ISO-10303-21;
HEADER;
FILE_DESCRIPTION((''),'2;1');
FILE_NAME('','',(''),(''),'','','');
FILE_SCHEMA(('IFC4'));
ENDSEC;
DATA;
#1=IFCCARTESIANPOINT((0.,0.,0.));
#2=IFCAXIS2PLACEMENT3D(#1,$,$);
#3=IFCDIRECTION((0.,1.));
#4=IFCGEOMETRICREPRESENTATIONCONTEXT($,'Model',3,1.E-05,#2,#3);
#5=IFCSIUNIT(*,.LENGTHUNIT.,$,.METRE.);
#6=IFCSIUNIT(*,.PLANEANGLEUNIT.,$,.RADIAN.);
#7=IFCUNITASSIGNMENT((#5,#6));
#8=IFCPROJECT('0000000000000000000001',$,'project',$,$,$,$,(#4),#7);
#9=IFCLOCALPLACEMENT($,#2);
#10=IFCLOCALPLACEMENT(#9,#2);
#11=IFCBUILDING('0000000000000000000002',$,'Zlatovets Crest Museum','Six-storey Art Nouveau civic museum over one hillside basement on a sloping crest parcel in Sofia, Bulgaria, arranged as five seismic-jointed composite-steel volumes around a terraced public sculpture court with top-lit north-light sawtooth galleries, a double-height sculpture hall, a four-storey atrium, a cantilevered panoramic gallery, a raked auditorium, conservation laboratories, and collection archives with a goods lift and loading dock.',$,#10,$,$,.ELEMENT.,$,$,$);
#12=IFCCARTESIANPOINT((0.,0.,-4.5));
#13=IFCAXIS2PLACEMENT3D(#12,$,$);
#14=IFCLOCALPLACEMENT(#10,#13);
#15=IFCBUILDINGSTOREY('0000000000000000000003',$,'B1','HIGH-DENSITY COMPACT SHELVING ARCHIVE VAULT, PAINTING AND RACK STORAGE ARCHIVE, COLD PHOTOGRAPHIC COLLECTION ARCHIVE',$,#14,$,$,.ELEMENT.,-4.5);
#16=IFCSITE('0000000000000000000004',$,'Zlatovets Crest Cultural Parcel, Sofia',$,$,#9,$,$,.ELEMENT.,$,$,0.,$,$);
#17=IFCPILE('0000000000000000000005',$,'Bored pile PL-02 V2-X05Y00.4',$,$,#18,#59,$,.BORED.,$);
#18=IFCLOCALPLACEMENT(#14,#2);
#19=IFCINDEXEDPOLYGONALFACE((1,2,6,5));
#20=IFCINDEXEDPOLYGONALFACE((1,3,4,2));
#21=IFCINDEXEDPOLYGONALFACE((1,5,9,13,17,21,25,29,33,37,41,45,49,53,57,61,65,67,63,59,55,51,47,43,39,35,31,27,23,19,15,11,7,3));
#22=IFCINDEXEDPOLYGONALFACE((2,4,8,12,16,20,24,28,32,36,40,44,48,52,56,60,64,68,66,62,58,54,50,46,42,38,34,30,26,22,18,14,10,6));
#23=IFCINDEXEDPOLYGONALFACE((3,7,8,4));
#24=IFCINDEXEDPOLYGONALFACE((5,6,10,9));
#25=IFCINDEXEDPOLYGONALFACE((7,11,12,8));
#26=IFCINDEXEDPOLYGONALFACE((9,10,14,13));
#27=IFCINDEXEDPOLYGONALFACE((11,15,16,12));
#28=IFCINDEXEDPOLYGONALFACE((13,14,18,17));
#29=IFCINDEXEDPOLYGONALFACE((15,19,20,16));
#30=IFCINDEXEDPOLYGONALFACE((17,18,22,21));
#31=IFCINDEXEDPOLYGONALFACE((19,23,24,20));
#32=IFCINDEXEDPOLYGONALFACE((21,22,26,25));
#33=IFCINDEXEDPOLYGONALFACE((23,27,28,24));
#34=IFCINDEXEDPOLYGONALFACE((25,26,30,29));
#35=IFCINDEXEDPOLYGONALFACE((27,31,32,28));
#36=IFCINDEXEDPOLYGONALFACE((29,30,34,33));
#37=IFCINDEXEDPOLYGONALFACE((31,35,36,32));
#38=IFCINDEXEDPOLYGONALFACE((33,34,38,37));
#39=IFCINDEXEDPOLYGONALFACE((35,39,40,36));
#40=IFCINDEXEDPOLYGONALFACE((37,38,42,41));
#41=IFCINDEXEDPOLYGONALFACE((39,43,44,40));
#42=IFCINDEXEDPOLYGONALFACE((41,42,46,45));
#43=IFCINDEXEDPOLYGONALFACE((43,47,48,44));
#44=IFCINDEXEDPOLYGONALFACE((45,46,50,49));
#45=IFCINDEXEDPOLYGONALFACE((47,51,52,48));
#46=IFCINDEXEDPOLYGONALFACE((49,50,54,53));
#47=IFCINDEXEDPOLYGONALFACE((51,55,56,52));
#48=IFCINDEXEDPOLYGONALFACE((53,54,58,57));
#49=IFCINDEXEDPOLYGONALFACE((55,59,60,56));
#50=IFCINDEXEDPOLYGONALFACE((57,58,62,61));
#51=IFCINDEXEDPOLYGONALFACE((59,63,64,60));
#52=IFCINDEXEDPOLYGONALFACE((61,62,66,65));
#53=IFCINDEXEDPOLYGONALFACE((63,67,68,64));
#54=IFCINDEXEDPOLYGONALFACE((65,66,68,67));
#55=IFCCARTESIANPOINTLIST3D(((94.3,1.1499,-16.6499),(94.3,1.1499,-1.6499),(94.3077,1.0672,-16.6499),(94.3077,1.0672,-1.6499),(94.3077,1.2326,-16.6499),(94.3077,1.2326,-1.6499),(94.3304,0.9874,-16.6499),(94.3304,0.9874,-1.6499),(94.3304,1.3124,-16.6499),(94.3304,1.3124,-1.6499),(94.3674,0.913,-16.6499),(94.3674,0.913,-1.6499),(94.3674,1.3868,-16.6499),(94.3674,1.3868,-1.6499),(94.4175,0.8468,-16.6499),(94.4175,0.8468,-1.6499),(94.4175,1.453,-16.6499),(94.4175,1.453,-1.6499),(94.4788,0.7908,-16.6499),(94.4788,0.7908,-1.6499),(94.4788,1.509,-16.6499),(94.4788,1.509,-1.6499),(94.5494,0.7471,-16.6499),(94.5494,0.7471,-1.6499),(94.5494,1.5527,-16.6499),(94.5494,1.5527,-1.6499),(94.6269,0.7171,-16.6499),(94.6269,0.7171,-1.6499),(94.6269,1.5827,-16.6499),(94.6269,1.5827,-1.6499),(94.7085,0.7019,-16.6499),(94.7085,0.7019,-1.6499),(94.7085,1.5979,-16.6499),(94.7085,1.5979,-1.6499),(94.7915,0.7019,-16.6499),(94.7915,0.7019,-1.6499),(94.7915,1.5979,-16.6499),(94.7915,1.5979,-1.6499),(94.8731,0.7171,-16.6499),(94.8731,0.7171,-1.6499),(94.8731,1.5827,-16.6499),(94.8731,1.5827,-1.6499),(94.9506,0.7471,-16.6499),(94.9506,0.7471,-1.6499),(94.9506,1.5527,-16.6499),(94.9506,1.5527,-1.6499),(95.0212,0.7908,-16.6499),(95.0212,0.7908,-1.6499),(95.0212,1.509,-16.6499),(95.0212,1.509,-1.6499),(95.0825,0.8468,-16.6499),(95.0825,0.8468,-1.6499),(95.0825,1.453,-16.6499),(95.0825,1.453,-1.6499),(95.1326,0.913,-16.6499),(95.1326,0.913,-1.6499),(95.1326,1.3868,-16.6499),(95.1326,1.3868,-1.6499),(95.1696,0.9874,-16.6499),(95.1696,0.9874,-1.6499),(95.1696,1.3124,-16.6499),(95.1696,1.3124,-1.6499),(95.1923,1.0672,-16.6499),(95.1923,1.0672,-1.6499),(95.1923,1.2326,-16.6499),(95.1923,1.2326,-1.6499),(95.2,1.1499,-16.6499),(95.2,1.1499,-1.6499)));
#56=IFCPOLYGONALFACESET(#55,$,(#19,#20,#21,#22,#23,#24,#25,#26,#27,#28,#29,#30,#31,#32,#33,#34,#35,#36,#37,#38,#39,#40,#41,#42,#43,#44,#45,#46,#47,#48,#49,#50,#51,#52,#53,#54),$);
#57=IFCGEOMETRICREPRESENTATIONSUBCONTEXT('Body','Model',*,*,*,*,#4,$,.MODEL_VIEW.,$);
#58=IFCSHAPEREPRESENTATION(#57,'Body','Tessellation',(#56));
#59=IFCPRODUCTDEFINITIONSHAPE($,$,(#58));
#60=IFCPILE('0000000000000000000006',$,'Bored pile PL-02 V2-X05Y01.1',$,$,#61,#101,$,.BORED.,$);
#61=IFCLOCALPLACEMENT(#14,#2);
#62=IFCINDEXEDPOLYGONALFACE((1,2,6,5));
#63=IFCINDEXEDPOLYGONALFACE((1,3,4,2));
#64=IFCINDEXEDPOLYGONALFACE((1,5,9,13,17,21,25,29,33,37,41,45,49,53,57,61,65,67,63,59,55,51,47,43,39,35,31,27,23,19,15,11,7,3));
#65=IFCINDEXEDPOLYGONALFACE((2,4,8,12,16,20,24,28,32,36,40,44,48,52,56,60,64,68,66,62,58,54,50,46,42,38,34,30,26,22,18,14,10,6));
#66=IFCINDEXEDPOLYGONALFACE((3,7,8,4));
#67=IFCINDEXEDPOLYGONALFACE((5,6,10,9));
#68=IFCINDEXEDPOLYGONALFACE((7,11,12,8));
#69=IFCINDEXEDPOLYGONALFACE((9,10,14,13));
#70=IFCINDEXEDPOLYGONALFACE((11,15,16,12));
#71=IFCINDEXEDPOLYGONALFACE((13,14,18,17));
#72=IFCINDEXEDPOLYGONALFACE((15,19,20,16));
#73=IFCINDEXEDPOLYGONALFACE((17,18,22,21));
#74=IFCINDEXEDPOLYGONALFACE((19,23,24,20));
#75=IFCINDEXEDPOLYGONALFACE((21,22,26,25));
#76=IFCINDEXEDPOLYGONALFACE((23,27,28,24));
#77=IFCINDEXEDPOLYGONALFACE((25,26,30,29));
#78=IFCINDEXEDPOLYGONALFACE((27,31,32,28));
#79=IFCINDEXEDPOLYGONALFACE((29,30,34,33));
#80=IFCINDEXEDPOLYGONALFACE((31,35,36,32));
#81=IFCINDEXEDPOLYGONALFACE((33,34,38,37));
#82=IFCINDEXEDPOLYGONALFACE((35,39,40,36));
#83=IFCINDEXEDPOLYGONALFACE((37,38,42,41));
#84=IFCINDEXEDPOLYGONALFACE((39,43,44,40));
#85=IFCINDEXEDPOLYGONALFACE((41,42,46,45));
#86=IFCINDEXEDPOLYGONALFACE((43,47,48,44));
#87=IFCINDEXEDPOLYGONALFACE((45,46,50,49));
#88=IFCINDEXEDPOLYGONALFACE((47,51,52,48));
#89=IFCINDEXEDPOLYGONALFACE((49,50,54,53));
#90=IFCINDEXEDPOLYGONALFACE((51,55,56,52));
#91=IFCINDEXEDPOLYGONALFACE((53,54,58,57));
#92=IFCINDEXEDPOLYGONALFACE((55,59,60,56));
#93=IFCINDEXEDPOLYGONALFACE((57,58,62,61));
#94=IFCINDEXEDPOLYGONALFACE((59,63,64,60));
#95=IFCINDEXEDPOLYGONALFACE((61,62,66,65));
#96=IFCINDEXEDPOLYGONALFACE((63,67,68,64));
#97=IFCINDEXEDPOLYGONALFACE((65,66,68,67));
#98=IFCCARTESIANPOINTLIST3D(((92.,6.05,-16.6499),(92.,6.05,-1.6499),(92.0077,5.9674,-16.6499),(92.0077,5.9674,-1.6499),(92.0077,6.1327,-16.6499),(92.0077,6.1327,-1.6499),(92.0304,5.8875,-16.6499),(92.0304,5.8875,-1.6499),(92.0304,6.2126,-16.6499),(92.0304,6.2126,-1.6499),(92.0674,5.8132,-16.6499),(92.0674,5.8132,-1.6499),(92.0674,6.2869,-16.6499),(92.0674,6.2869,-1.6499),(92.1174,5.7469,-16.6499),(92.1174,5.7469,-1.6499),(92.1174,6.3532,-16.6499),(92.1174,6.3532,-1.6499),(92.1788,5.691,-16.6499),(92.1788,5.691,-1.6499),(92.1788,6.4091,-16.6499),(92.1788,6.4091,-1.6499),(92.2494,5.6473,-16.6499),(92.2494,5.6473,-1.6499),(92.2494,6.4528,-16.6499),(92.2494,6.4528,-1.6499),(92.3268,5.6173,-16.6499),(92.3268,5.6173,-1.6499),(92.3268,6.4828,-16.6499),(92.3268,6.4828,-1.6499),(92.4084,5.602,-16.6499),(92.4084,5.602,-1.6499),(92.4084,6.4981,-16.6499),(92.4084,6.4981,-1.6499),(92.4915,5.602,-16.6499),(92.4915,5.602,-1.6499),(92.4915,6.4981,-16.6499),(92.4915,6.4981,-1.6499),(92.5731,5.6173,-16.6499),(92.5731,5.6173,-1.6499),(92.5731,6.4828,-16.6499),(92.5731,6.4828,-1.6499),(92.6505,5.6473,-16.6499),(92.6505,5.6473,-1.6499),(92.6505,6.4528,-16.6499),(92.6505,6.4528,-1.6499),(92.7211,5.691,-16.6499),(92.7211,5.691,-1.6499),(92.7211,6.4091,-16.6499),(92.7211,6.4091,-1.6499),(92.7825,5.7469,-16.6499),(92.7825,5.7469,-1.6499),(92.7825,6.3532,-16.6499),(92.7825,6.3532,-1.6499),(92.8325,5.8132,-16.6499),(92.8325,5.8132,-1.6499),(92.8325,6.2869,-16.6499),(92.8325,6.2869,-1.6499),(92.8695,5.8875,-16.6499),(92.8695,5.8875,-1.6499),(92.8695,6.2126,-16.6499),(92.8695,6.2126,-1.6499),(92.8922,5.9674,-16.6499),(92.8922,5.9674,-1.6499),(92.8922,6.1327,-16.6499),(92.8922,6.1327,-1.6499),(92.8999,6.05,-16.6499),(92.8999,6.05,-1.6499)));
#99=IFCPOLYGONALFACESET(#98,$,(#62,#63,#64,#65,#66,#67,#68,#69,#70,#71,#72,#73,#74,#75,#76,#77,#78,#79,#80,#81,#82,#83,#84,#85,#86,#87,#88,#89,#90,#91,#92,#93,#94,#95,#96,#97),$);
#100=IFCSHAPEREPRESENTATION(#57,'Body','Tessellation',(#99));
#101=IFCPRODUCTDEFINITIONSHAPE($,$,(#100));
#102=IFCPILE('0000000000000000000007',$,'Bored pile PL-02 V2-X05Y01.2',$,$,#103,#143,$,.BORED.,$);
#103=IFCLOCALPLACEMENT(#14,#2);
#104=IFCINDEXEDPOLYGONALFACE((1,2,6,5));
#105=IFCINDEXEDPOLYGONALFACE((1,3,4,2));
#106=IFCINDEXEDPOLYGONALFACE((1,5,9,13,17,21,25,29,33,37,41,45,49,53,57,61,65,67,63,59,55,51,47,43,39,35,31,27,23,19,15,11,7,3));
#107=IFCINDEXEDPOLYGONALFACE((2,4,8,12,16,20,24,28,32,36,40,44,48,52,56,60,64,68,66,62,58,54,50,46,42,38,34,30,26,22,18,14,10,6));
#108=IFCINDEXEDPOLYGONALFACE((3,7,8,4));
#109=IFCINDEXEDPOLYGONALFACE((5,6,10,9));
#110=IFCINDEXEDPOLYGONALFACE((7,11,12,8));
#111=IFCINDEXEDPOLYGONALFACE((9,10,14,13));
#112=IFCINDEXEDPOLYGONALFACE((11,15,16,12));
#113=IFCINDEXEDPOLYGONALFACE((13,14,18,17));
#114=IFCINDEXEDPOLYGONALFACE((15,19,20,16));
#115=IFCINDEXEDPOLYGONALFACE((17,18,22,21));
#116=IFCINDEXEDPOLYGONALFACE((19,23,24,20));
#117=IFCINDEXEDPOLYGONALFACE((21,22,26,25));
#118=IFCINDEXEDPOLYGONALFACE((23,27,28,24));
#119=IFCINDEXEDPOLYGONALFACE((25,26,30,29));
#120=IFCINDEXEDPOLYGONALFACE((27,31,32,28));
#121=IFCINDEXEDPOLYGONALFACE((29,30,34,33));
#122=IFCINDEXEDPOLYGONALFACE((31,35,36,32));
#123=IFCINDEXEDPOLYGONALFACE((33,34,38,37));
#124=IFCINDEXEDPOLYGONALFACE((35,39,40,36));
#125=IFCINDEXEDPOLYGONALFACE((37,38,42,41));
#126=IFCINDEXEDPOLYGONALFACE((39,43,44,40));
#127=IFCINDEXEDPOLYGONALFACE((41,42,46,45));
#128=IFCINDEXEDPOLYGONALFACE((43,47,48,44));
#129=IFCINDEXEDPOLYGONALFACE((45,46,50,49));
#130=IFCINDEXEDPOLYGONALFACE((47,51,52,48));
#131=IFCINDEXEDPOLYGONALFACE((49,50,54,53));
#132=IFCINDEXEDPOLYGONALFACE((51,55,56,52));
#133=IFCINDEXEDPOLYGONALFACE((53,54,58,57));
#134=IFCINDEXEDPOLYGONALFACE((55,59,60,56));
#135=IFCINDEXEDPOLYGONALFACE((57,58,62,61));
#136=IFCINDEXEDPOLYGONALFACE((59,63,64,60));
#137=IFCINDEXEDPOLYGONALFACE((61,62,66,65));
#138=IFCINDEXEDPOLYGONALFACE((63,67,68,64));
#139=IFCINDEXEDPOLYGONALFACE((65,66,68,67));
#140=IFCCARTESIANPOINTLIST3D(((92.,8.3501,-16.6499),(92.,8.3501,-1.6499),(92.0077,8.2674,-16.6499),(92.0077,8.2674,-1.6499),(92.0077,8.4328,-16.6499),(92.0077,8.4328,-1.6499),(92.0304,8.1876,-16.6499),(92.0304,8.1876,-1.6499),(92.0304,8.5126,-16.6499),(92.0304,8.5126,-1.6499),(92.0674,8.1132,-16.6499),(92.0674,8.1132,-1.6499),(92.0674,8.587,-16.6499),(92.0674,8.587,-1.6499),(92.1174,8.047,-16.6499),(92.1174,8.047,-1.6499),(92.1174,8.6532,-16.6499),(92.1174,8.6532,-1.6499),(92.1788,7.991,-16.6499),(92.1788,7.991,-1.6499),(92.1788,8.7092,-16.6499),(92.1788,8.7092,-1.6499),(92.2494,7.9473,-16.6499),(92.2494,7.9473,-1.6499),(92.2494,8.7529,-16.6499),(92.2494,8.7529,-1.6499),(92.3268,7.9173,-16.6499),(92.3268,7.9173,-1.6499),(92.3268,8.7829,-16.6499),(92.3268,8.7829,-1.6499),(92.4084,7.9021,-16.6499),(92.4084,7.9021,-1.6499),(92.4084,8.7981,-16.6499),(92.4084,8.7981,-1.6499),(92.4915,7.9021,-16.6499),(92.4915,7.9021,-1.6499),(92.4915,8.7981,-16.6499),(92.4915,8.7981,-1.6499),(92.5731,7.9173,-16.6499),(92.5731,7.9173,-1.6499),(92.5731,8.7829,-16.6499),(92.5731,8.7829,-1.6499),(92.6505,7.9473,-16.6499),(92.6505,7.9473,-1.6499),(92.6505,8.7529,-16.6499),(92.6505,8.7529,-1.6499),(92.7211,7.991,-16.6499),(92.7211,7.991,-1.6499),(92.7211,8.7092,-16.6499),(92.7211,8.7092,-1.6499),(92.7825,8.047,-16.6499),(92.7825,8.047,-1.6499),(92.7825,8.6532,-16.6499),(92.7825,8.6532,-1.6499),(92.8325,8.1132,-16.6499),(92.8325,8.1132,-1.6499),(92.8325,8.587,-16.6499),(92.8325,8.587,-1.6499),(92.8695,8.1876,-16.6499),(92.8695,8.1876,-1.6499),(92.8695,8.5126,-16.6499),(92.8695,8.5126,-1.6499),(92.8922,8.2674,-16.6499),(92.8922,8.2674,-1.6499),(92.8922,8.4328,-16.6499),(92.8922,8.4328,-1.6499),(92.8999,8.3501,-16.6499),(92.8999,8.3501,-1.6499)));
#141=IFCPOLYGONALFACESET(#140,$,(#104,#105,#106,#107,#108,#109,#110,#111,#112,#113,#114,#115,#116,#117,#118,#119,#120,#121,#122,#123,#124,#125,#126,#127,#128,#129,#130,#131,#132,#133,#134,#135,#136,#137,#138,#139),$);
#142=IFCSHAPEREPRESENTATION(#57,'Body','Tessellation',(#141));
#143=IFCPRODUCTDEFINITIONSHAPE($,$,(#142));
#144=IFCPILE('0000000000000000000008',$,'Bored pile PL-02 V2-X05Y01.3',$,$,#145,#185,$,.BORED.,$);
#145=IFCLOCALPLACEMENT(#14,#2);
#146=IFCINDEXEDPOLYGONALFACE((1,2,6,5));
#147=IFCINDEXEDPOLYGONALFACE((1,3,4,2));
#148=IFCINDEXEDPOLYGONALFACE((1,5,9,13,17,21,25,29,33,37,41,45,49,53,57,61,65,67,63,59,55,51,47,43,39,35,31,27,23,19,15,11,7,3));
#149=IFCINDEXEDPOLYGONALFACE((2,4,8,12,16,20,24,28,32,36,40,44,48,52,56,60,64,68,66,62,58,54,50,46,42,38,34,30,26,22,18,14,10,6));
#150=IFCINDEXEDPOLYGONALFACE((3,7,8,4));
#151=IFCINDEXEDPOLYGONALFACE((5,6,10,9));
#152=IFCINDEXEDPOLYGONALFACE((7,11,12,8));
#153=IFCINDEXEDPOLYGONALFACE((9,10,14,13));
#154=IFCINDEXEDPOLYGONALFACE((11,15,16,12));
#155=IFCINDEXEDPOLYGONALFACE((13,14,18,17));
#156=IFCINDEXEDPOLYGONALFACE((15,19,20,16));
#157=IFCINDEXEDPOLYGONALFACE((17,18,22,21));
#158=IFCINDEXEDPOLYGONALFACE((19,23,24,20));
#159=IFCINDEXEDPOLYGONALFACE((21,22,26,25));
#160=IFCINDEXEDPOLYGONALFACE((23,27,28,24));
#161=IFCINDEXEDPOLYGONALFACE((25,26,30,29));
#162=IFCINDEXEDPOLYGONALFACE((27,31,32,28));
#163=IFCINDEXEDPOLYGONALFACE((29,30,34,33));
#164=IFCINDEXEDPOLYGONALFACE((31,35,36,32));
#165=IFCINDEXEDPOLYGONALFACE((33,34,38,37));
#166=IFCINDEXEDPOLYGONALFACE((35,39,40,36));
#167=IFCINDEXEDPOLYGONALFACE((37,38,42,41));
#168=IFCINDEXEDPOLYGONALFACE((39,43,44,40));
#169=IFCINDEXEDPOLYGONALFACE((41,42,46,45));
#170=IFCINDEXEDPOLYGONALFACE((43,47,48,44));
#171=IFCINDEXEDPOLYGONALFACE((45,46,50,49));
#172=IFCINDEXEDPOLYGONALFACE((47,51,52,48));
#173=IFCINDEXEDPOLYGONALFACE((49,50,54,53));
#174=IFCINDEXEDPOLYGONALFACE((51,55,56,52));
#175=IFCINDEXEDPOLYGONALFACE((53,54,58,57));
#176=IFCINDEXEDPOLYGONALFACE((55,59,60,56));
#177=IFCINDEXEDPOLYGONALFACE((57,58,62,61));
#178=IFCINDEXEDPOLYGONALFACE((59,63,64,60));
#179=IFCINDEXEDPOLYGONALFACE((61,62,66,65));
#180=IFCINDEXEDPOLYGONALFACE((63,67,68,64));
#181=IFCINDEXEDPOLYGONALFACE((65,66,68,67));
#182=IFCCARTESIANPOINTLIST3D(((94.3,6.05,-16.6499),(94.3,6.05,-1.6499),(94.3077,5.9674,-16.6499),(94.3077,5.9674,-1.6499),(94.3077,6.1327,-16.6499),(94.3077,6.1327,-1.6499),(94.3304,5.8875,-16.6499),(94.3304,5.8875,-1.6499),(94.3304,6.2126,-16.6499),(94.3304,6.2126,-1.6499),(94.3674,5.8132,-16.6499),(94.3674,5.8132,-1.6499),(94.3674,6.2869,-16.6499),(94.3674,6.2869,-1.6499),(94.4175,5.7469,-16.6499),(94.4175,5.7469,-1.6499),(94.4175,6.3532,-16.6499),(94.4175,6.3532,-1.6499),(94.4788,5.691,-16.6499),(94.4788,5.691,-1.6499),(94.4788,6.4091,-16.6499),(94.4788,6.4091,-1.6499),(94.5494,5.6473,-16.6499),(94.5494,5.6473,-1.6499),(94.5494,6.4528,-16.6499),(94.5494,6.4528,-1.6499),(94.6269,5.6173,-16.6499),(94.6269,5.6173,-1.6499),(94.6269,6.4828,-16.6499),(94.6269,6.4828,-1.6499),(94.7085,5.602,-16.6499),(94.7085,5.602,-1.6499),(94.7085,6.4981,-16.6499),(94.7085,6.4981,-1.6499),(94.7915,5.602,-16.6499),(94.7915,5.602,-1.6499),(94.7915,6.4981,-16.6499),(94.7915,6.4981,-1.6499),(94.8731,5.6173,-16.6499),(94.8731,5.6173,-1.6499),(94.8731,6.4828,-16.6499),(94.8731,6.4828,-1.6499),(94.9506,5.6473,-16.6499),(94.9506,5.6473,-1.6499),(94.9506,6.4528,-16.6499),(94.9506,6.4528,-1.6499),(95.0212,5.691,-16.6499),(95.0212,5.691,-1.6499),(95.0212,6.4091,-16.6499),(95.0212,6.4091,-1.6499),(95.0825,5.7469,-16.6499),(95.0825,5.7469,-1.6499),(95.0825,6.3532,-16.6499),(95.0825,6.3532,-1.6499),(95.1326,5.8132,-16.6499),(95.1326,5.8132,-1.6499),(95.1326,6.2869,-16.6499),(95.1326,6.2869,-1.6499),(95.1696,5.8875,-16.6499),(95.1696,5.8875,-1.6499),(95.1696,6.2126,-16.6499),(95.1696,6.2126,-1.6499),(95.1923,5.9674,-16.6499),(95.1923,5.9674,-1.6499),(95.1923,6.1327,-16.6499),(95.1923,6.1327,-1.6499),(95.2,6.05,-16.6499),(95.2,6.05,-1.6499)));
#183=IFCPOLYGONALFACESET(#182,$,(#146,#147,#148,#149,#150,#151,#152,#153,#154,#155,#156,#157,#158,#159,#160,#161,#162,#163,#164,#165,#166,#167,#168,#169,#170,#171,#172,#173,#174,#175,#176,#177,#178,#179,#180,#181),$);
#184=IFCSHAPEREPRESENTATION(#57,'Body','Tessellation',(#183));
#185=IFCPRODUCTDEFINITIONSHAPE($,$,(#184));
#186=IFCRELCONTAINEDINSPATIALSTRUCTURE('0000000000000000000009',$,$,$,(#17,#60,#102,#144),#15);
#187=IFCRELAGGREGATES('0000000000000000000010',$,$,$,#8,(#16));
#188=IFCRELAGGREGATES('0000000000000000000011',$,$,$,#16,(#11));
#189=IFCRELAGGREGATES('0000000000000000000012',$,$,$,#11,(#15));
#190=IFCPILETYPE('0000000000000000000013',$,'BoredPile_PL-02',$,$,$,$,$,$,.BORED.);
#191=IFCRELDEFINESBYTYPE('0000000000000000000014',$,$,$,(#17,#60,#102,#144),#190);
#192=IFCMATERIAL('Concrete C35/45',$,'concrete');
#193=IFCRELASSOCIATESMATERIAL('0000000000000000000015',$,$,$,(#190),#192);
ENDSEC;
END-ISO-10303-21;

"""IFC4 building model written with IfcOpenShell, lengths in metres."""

from ifc_helpers import new_model, si_unit, direction, frame, origin, origin_2d, place, context, subcontext, project, spatial, circle, extrude, material, material_profile, profile_set, type_object, element, save


model = new_model("IFC4")

# Units and contexts
model_context = context("Model", 3, precision=1e-05, world=origin(), true_north=direction((0.0, 1.0)))
body_context = subcontext(model_context, "Body", "Model", "MODEL_VIEW")
ifc_project = project(units=[si_unit("LENGTHUNIT", "METRE"), si_unit("PLANEANGLEUNIT", "RADIAN")], contexts=[model_context])

# Site, building, storey
site_placement = place(None, origin())
site = spatial("IfcSite", under=ifc_project, at=site_placement, Name="Zlatovets Crest Cultural Parcel, Sofia", CompositionType="ELEMENT", RefElevation=0.0)
building_placement = place(site_placement, origin())
building = spatial("IfcBuilding", under=site, at=building_placement, Name="Zlatovets Crest Museum", Description="Six-storey Art Nouveau civic museum over one hillside basement on a sloping crest parcel in Sofia, Bulgaria, arranged as five seismic-jointed composite-steel volumes around a terraced public sculpture court with top-lit north-light sawtooth galleries, a double-height sculpture hall, a four-storey atrium, a cantilevered panoramic gallery, a raked auditorium, conservation laboratories, and collection archives with a goods lift and loading dock.", CompositionType="ELEMENT")
storey_placement = place(building_placement, frame((0.0, 0.0, -4.5)))
storey = spatial("IfcBuildingStorey", under=building, at=storey_placement, Name="B1", Description="HIGH-DENSITY COMPACT SHELVING ARCHIVE VAULT, PAINTING AND RACK STORAGE ARCHIVE, COLD PHOTOGRAPHIC COLLECTION ARCHIVE", CompositionType="ELEMENT", Elevation=-4.5)

# Piles
ifc_material_1 = material(Name="Concrete C35/45", Category="concrete")
ifc_material_profile_1 = material_profile(ifc_material_1, circle(Radius=0.45, at=origin_2d()), Name="PILE D900")
ifc_profile_set_1 = profile_set([ifc_material_profile_1], Name="Concrete C35/45")
pile_type = type_object("IfcPileType", Name="BoredPile_PL-02", PredefinedType="BORED", material=ifc_profile_set_1)
for number, where, z_axis, x_axis, name in (
    (1, (94.75, 1.1499, -1.6499), (0.0, 0.0, -1.0), (1.0, 0.0, 0.0), "Bored pile PL-02 V2-X05Y00.4"),
    (2, (92.45, 6.05, -1.6499), (0.0, 0.0, -1.0), (1.0, 0.0, 0.0), "Bored pile PL-02 V2-X05Y01.1"),
    (3, (92.45, 8.3501, -1.6499), (0.0, 0.0, -1.0), (1.0, 0.0, 0.0), "Bored pile PL-02 V2-X05Y01.2"),
    (4, (94.75, 6.05, -1.6499), (0.0, 0.0, -1.0), (1.0, 0.0, 0.0), "Bored pile PL-02 V2-X05Y01.3"),
):
    element("IfcPile", number, at=place(storey_placement, frame(where, z_axis=z_axis, x_axis=x_axis)), inside=storey, type_object=pile_type, Name=name, PredefinedType="BORED", context=body_context, shape_type="SweptSolid", body=[
        extrude(circle(Radius=0.45, at=origin_2d()), origin(), (0.0, 0.0, 1.0), 15.0),
    ])

save(model, "model.ifc")
